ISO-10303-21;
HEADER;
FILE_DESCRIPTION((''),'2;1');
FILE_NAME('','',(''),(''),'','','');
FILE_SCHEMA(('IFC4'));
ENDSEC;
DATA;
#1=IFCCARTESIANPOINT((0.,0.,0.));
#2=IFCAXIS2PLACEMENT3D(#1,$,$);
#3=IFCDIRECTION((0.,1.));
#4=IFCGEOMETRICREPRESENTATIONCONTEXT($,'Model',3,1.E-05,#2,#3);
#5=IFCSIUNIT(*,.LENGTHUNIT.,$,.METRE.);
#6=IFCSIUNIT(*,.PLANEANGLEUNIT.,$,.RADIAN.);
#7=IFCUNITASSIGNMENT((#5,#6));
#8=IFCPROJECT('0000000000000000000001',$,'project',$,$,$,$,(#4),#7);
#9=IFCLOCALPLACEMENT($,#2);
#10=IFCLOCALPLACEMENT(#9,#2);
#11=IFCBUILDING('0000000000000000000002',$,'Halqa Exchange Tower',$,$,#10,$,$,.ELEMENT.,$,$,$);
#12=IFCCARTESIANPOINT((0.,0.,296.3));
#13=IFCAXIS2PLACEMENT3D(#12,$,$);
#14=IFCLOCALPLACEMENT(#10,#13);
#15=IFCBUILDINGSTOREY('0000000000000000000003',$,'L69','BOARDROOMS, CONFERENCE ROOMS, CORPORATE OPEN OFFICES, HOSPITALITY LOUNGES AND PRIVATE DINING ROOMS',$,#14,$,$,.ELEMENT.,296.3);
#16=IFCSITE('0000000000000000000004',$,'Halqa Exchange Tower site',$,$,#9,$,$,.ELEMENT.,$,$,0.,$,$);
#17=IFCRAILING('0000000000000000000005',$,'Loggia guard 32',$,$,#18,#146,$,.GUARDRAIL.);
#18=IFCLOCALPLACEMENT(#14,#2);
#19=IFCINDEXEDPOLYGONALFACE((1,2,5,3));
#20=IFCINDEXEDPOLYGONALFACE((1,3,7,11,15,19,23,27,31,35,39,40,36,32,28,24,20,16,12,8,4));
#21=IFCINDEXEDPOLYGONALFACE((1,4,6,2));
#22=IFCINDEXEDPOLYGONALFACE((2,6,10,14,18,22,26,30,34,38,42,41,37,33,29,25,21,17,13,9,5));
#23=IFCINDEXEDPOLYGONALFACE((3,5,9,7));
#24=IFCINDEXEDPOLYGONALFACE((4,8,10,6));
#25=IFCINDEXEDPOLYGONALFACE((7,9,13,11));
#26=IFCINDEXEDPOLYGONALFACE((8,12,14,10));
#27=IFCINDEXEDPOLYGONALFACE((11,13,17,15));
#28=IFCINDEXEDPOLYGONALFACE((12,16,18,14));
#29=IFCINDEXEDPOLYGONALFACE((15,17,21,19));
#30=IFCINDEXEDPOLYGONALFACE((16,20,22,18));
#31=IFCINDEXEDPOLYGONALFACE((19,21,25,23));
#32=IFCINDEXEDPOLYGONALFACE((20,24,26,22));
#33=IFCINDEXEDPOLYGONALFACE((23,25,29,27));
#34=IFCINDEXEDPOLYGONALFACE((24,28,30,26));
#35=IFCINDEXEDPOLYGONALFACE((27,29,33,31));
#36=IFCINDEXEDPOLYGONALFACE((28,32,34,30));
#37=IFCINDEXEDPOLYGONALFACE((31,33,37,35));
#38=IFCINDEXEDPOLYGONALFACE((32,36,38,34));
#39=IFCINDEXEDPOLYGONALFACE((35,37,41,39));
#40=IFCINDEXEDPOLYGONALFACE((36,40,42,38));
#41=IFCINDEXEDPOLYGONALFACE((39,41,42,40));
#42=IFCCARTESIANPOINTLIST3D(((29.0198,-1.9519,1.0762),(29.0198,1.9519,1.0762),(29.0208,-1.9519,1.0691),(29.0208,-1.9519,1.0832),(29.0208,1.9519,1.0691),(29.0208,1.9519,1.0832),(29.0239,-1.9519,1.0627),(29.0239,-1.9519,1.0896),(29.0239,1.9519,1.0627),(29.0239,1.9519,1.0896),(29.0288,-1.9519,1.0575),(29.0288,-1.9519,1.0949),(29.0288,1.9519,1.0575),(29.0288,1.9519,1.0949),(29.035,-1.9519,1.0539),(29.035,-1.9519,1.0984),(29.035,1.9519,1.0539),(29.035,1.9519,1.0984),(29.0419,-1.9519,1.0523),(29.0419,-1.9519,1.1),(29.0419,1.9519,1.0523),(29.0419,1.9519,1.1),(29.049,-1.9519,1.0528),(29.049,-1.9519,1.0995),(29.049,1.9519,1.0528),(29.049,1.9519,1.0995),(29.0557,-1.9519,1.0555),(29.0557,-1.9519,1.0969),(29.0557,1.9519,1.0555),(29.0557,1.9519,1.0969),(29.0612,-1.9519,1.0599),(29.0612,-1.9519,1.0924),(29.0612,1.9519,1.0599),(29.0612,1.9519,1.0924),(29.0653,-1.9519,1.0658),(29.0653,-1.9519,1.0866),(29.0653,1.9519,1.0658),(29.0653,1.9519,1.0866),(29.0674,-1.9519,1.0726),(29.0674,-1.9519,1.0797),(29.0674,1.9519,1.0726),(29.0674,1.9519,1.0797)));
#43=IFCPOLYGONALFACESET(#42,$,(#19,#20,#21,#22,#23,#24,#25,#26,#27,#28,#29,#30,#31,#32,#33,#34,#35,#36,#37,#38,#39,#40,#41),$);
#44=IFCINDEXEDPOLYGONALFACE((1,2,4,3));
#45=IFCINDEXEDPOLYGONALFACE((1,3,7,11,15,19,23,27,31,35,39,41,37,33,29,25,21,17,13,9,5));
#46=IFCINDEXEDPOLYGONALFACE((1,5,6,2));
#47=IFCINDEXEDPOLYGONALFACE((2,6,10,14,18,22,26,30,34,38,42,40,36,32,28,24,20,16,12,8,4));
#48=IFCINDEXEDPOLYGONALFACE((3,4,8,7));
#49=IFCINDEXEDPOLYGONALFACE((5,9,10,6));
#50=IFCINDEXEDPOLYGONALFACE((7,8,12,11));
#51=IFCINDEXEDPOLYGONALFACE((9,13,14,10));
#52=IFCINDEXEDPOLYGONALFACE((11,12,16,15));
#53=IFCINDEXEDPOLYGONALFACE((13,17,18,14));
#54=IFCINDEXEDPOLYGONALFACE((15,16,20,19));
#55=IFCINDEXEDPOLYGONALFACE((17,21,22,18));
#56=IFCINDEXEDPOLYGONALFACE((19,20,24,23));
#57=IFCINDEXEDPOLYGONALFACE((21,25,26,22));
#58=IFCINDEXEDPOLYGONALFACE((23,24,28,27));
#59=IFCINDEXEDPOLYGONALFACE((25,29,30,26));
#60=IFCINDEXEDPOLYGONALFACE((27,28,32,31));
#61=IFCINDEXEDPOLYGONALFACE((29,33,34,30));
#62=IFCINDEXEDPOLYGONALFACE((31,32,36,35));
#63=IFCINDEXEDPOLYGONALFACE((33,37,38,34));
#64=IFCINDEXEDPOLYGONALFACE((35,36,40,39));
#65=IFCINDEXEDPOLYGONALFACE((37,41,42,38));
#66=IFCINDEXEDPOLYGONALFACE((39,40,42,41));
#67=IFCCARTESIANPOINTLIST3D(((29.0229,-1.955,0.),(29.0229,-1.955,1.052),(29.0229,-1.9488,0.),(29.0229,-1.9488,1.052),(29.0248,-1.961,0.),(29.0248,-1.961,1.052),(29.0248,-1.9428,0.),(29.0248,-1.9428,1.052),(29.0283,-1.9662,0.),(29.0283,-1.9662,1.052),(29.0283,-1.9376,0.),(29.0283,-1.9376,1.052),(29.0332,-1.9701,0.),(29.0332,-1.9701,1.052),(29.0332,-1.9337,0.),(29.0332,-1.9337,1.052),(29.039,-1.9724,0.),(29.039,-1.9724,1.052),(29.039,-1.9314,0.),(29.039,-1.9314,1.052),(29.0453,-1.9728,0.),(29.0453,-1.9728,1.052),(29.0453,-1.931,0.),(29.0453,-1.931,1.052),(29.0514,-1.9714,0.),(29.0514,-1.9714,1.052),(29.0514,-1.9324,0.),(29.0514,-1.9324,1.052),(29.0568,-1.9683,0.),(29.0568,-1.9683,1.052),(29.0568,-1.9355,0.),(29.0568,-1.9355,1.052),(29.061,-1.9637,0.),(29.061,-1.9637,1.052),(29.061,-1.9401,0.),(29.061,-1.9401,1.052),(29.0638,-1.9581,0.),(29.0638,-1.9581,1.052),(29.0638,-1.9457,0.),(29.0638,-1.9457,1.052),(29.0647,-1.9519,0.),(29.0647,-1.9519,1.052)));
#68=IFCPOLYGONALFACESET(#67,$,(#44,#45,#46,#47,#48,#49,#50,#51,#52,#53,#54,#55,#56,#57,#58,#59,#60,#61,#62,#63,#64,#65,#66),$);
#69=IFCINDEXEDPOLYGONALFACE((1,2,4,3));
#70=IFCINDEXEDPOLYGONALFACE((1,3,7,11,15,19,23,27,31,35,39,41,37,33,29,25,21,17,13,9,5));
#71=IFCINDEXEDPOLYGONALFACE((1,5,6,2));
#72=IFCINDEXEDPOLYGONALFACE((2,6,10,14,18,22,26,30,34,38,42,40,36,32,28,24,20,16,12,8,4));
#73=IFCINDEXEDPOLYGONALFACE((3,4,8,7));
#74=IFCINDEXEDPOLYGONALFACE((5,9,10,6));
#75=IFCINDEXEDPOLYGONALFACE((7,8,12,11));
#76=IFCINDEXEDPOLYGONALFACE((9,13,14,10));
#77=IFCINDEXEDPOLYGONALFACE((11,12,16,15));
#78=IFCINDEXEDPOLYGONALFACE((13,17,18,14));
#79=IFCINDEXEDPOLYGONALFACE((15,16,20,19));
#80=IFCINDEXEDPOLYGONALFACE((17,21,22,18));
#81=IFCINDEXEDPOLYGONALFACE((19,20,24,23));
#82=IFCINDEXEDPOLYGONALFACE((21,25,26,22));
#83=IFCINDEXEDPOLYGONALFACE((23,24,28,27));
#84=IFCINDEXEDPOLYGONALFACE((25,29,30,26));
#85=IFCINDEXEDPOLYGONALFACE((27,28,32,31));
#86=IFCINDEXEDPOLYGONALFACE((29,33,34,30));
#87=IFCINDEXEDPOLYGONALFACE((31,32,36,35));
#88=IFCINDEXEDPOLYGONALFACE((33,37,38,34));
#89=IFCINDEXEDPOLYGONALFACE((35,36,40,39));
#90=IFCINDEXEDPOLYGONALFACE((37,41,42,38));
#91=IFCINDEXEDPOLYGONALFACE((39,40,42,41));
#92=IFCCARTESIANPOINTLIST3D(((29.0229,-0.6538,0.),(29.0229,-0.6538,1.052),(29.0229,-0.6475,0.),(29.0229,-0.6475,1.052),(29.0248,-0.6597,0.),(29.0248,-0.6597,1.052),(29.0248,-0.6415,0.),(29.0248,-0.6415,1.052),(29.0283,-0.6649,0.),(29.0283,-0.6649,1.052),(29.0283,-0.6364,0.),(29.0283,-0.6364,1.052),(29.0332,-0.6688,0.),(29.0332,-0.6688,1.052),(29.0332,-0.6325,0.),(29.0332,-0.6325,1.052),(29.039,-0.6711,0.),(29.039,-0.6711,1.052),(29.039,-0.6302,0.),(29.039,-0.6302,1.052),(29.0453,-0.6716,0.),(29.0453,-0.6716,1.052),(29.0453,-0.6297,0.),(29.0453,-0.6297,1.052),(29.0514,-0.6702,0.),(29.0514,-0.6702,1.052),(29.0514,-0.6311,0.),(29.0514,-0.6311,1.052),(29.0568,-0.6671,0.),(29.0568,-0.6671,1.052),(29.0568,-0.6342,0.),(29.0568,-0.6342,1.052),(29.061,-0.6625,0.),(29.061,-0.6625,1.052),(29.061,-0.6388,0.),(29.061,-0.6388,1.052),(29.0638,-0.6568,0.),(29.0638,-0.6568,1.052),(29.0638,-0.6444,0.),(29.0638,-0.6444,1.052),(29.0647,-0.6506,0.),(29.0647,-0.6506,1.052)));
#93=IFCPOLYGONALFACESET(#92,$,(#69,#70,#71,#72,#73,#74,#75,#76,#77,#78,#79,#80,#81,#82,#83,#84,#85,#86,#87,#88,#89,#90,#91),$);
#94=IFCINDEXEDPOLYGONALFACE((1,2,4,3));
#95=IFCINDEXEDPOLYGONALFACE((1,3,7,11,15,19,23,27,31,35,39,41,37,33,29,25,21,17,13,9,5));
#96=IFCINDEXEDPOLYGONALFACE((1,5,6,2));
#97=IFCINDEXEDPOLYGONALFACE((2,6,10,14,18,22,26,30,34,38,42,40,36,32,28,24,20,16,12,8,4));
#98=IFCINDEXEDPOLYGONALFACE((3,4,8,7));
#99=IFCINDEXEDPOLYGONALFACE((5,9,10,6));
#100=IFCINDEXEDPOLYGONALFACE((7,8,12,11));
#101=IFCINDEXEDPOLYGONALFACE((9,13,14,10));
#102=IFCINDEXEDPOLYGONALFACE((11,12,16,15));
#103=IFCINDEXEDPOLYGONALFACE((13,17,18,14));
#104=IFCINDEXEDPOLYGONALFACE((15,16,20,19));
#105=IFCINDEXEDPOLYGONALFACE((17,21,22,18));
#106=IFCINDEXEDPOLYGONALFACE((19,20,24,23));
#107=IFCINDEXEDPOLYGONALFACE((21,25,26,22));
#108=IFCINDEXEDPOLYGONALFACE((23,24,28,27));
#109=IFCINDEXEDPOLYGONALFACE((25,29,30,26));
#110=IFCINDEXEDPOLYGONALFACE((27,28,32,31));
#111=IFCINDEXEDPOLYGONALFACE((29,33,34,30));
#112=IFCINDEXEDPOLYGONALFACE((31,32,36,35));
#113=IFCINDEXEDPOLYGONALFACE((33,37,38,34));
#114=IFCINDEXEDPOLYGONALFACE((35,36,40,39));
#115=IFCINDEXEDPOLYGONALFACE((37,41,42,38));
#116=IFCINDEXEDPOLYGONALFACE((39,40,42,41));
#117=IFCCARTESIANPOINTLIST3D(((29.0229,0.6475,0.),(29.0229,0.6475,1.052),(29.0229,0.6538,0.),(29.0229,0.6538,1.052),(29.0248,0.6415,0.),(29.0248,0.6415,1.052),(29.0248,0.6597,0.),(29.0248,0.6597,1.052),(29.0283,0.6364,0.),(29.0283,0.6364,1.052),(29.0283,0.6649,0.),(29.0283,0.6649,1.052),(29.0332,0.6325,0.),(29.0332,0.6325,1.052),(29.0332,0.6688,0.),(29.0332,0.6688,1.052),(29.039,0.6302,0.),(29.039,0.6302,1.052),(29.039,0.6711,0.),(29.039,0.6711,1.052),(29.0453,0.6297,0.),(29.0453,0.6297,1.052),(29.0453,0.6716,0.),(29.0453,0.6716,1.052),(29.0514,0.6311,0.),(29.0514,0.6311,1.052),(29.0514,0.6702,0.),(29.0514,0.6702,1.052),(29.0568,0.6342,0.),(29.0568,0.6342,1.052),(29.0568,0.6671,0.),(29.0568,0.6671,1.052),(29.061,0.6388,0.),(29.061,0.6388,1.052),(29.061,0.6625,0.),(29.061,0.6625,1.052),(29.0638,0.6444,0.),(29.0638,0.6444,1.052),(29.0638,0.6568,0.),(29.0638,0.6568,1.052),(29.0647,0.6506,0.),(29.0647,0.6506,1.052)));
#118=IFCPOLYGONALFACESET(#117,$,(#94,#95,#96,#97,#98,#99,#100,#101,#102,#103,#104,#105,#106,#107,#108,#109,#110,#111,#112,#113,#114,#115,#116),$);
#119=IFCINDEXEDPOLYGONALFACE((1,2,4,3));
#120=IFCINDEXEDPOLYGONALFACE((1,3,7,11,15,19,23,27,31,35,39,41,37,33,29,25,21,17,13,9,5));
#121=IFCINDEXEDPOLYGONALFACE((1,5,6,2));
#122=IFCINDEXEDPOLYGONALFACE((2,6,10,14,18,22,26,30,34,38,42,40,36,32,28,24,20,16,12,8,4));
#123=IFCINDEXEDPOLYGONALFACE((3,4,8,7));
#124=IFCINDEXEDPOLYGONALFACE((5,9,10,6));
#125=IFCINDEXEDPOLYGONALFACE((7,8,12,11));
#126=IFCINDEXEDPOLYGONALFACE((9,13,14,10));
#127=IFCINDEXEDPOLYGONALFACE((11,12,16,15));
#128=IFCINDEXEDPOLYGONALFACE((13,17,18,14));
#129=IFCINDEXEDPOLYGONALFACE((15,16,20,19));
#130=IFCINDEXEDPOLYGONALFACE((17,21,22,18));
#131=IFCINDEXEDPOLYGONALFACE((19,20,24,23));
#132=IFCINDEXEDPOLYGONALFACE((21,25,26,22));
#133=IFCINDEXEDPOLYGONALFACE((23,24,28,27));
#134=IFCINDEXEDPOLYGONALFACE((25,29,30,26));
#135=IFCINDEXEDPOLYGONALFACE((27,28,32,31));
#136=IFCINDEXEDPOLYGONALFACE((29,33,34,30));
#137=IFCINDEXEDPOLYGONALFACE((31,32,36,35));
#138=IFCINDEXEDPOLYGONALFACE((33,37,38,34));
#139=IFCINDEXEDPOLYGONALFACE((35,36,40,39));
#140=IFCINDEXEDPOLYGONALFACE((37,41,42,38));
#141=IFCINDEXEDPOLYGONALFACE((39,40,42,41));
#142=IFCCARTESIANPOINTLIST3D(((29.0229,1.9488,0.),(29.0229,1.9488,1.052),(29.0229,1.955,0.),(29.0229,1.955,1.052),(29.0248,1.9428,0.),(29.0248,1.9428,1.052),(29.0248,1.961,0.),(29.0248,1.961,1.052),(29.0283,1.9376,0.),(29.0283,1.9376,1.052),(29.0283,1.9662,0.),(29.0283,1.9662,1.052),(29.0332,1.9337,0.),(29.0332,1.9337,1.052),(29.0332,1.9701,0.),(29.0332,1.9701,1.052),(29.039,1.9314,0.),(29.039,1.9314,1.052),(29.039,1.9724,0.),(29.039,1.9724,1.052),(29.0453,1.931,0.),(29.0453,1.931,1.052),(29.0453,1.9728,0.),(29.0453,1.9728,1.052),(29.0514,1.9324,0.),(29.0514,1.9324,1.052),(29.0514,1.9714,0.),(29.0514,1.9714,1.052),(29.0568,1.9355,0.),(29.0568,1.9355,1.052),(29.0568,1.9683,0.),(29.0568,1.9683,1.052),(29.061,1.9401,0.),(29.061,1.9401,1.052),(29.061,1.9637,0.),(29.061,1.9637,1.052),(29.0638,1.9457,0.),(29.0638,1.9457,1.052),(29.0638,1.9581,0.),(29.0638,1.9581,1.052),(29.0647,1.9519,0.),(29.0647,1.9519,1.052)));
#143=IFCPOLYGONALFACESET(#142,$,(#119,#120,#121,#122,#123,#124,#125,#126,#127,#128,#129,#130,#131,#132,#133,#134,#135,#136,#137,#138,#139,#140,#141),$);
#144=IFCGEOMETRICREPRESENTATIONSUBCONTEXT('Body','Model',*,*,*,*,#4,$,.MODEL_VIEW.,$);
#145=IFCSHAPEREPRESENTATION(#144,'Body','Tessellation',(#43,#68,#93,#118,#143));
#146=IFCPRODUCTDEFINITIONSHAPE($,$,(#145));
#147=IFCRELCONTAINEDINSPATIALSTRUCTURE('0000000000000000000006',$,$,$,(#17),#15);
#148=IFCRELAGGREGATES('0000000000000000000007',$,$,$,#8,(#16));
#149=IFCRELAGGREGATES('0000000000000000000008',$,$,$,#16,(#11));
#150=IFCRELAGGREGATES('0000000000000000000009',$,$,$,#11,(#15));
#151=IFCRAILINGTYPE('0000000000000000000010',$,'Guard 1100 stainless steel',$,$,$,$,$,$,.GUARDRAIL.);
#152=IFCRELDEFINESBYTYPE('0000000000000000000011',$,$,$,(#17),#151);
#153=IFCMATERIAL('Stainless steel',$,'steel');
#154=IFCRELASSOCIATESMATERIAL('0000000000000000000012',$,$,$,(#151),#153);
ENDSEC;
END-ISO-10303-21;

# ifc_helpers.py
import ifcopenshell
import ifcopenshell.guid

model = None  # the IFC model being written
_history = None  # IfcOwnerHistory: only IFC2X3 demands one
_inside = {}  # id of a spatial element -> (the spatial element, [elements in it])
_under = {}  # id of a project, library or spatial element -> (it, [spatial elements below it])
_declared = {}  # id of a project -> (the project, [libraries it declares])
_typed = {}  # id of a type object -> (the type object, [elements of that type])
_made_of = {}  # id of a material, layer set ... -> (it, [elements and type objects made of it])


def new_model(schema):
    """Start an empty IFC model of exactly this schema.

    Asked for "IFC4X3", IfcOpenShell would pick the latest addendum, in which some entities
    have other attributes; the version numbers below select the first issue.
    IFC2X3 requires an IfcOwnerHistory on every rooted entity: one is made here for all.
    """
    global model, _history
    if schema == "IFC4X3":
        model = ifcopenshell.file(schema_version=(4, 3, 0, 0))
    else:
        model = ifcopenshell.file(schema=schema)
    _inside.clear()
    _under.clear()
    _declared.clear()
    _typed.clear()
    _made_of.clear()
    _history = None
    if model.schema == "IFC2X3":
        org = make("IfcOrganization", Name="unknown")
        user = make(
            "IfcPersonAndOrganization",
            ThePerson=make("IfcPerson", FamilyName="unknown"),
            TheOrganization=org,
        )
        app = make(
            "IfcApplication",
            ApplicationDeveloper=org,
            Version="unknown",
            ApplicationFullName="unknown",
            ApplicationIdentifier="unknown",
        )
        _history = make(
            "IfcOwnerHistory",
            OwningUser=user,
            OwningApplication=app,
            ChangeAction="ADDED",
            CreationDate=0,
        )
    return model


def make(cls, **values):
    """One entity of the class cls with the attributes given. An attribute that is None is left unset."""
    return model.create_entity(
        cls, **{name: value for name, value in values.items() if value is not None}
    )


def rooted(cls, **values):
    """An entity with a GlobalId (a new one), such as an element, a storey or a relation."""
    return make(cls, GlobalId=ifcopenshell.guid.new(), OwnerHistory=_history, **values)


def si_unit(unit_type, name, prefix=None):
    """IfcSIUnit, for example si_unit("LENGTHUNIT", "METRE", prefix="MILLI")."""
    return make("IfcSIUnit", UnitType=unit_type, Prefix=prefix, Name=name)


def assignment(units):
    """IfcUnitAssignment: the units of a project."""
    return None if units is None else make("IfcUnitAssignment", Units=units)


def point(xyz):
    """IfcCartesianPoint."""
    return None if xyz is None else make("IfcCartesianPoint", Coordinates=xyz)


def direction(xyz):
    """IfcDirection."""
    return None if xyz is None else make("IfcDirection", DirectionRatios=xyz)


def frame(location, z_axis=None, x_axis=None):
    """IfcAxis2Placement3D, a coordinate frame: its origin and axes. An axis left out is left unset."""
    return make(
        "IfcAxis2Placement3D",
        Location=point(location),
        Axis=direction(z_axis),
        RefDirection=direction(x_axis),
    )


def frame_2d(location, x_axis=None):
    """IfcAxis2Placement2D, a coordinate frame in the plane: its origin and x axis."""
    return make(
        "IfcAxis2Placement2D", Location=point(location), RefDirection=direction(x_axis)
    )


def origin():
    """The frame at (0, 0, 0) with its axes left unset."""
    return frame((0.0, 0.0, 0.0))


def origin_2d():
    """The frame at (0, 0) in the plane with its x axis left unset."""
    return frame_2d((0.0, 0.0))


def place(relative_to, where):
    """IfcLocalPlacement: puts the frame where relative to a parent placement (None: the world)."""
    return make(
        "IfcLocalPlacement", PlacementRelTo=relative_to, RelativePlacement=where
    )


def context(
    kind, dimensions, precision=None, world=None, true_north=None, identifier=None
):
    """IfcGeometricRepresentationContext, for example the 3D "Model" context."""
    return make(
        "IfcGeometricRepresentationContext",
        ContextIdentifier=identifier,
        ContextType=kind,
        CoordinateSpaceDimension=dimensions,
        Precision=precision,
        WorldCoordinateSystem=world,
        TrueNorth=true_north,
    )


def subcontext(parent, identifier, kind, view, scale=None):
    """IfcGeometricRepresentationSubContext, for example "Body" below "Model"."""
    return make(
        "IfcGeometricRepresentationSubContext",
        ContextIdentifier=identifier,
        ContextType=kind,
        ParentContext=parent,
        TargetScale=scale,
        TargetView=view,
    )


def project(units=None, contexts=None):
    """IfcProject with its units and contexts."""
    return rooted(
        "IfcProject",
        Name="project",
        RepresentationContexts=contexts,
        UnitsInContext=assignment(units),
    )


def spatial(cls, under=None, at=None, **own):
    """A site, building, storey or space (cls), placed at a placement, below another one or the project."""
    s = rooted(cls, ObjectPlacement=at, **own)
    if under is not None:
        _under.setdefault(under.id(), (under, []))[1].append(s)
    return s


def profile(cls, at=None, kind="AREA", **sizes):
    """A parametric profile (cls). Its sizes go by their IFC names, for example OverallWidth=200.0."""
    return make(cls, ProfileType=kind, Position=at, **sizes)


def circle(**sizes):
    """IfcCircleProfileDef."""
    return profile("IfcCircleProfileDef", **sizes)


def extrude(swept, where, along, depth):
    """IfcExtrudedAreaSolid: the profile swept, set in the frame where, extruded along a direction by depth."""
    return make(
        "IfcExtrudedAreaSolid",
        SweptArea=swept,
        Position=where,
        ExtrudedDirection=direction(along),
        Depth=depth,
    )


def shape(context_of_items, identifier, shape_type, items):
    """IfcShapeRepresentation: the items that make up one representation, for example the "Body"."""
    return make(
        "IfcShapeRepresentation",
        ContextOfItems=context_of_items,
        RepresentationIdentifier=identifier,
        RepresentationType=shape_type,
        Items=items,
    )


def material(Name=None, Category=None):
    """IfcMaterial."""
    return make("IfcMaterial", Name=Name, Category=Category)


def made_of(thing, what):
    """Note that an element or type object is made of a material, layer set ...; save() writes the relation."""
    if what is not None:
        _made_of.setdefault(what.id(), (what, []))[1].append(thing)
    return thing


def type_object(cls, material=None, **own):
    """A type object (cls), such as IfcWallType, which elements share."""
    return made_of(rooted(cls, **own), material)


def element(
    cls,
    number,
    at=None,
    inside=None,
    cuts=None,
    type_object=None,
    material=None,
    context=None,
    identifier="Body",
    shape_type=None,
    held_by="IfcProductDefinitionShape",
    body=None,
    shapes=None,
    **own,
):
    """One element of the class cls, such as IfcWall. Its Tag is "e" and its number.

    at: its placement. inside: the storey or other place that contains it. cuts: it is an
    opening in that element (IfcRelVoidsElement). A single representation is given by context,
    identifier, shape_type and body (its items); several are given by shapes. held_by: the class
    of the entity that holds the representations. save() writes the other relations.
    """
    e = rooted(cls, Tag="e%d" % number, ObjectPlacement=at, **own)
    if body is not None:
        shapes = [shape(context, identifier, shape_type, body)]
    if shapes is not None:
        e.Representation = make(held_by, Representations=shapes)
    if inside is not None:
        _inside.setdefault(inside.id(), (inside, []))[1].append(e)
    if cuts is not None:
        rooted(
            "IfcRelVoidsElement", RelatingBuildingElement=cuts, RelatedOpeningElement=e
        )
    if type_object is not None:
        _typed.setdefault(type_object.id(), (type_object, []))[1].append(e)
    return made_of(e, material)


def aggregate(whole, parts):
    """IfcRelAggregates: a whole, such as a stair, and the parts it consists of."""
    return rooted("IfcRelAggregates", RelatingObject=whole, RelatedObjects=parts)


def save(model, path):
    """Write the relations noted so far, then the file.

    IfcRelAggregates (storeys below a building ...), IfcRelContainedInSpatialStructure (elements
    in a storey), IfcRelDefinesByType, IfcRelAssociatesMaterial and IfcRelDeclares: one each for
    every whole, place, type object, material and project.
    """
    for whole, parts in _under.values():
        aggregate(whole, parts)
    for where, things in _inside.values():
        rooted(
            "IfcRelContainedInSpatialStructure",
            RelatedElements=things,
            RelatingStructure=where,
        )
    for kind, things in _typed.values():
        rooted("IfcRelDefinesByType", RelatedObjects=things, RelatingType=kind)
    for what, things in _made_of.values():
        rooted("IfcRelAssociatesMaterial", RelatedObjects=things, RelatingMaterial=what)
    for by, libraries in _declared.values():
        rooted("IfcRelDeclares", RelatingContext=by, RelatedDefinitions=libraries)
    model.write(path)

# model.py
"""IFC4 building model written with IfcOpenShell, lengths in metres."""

from ifc_helpers import new_model, si_unit, direction, frame, origin, origin_2d, place, context, subcontext, project, spatial, circle, extrude, material, type_object, element, save


model = new_model("IFC4")

# Units and contexts
model_context = context("Model", 3, precision=1e-05, world=origin(), true_north=direction((0.0, 1.0)))
body_context = subcontext(model_context, "Body", "Model", "MODEL_VIEW")
ifc_project = project(units=[si_unit("LENGTHUNIT", "METRE"), si_unit("PLANEANGLEUNIT", "RADIAN")], contexts=[model_context])

# Site, building, storey
site_placement = place(None, origin())
site = spatial("IfcSite", under=ifc_project, at=site_placement, Name="Halqa Exchange Tower site", CompositionType="ELEMENT", RefElevation=0.0)
building_placement = place(site_placement, origin())
building = spatial("IfcBuilding", under=site, at=building_placement, Name="Halqa Exchange Tower", CompositionType="ELEMENT")
storey_placement = place(building_placement, frame((0.0, 0.0, 296.3)))
storey = spatial("IfcBuildingStorey", under=building, at=storey_placement, Name="L69", Description="BOARDROOMS, CONFERENCE ROOMS, CORPORATE OPEN OFFICES, HOSPITALITY LOUNGES AND PRIVATE DINING ROOMS", CompositionType="ELEMENT", Elevation=296.3)

# Railing
ifc_material_1 = material(Name="Stainless steel", Category="steel")
railing_type = type_object("IfcRailingType", Name="Guard 1100 stainless steel", PredefinedType="GUARDRAIL", material=ifc_material_1)
railing_1_placement = place(storey_placement, frame((29.0437, -1.9519, 0.0)))
element("IfcRailing", 1, at=railing_1_placement, inside=storey, type_object=railing_type, Name="Loggia guard 32", PredefinedType="GUARDRAIL", context=body_context, shape_type="SweptSolid", body=[
    extrude(circle(Radius=0.0239, at=origin_2d()), frame((0.0, 0.0, 1.0762), z_axis=(0.0, 1.0, 0.0), x_axis=(-1.0, 0.0, 0.0)), (0.0, 0.0, 1.0), 3.9038),
    extrude(circle(Radius=0.021, at=origin_2d()), origin(), (0.0, 0.0, 1.0), 1.052),
    extrude(circle(Radius=0.021, at=origin_2d()), frame((0.0, 1.3013, 0.0)), (0.0, 0.0, 1.0), 1.052),
    extrude(circle(Radius=0.021, at=origin_2d()), frame((0.0, 2.6025, 0.0)), (0.0, 0.0, 1.0), 1.052),
    extrude(circle(Radius=0.021, at=origin_2d()), frame((0.0, 3.9038, 0.0)), (0.0, 0.0, 1.0), 1.052),
])

save(model, "model.ifc")
